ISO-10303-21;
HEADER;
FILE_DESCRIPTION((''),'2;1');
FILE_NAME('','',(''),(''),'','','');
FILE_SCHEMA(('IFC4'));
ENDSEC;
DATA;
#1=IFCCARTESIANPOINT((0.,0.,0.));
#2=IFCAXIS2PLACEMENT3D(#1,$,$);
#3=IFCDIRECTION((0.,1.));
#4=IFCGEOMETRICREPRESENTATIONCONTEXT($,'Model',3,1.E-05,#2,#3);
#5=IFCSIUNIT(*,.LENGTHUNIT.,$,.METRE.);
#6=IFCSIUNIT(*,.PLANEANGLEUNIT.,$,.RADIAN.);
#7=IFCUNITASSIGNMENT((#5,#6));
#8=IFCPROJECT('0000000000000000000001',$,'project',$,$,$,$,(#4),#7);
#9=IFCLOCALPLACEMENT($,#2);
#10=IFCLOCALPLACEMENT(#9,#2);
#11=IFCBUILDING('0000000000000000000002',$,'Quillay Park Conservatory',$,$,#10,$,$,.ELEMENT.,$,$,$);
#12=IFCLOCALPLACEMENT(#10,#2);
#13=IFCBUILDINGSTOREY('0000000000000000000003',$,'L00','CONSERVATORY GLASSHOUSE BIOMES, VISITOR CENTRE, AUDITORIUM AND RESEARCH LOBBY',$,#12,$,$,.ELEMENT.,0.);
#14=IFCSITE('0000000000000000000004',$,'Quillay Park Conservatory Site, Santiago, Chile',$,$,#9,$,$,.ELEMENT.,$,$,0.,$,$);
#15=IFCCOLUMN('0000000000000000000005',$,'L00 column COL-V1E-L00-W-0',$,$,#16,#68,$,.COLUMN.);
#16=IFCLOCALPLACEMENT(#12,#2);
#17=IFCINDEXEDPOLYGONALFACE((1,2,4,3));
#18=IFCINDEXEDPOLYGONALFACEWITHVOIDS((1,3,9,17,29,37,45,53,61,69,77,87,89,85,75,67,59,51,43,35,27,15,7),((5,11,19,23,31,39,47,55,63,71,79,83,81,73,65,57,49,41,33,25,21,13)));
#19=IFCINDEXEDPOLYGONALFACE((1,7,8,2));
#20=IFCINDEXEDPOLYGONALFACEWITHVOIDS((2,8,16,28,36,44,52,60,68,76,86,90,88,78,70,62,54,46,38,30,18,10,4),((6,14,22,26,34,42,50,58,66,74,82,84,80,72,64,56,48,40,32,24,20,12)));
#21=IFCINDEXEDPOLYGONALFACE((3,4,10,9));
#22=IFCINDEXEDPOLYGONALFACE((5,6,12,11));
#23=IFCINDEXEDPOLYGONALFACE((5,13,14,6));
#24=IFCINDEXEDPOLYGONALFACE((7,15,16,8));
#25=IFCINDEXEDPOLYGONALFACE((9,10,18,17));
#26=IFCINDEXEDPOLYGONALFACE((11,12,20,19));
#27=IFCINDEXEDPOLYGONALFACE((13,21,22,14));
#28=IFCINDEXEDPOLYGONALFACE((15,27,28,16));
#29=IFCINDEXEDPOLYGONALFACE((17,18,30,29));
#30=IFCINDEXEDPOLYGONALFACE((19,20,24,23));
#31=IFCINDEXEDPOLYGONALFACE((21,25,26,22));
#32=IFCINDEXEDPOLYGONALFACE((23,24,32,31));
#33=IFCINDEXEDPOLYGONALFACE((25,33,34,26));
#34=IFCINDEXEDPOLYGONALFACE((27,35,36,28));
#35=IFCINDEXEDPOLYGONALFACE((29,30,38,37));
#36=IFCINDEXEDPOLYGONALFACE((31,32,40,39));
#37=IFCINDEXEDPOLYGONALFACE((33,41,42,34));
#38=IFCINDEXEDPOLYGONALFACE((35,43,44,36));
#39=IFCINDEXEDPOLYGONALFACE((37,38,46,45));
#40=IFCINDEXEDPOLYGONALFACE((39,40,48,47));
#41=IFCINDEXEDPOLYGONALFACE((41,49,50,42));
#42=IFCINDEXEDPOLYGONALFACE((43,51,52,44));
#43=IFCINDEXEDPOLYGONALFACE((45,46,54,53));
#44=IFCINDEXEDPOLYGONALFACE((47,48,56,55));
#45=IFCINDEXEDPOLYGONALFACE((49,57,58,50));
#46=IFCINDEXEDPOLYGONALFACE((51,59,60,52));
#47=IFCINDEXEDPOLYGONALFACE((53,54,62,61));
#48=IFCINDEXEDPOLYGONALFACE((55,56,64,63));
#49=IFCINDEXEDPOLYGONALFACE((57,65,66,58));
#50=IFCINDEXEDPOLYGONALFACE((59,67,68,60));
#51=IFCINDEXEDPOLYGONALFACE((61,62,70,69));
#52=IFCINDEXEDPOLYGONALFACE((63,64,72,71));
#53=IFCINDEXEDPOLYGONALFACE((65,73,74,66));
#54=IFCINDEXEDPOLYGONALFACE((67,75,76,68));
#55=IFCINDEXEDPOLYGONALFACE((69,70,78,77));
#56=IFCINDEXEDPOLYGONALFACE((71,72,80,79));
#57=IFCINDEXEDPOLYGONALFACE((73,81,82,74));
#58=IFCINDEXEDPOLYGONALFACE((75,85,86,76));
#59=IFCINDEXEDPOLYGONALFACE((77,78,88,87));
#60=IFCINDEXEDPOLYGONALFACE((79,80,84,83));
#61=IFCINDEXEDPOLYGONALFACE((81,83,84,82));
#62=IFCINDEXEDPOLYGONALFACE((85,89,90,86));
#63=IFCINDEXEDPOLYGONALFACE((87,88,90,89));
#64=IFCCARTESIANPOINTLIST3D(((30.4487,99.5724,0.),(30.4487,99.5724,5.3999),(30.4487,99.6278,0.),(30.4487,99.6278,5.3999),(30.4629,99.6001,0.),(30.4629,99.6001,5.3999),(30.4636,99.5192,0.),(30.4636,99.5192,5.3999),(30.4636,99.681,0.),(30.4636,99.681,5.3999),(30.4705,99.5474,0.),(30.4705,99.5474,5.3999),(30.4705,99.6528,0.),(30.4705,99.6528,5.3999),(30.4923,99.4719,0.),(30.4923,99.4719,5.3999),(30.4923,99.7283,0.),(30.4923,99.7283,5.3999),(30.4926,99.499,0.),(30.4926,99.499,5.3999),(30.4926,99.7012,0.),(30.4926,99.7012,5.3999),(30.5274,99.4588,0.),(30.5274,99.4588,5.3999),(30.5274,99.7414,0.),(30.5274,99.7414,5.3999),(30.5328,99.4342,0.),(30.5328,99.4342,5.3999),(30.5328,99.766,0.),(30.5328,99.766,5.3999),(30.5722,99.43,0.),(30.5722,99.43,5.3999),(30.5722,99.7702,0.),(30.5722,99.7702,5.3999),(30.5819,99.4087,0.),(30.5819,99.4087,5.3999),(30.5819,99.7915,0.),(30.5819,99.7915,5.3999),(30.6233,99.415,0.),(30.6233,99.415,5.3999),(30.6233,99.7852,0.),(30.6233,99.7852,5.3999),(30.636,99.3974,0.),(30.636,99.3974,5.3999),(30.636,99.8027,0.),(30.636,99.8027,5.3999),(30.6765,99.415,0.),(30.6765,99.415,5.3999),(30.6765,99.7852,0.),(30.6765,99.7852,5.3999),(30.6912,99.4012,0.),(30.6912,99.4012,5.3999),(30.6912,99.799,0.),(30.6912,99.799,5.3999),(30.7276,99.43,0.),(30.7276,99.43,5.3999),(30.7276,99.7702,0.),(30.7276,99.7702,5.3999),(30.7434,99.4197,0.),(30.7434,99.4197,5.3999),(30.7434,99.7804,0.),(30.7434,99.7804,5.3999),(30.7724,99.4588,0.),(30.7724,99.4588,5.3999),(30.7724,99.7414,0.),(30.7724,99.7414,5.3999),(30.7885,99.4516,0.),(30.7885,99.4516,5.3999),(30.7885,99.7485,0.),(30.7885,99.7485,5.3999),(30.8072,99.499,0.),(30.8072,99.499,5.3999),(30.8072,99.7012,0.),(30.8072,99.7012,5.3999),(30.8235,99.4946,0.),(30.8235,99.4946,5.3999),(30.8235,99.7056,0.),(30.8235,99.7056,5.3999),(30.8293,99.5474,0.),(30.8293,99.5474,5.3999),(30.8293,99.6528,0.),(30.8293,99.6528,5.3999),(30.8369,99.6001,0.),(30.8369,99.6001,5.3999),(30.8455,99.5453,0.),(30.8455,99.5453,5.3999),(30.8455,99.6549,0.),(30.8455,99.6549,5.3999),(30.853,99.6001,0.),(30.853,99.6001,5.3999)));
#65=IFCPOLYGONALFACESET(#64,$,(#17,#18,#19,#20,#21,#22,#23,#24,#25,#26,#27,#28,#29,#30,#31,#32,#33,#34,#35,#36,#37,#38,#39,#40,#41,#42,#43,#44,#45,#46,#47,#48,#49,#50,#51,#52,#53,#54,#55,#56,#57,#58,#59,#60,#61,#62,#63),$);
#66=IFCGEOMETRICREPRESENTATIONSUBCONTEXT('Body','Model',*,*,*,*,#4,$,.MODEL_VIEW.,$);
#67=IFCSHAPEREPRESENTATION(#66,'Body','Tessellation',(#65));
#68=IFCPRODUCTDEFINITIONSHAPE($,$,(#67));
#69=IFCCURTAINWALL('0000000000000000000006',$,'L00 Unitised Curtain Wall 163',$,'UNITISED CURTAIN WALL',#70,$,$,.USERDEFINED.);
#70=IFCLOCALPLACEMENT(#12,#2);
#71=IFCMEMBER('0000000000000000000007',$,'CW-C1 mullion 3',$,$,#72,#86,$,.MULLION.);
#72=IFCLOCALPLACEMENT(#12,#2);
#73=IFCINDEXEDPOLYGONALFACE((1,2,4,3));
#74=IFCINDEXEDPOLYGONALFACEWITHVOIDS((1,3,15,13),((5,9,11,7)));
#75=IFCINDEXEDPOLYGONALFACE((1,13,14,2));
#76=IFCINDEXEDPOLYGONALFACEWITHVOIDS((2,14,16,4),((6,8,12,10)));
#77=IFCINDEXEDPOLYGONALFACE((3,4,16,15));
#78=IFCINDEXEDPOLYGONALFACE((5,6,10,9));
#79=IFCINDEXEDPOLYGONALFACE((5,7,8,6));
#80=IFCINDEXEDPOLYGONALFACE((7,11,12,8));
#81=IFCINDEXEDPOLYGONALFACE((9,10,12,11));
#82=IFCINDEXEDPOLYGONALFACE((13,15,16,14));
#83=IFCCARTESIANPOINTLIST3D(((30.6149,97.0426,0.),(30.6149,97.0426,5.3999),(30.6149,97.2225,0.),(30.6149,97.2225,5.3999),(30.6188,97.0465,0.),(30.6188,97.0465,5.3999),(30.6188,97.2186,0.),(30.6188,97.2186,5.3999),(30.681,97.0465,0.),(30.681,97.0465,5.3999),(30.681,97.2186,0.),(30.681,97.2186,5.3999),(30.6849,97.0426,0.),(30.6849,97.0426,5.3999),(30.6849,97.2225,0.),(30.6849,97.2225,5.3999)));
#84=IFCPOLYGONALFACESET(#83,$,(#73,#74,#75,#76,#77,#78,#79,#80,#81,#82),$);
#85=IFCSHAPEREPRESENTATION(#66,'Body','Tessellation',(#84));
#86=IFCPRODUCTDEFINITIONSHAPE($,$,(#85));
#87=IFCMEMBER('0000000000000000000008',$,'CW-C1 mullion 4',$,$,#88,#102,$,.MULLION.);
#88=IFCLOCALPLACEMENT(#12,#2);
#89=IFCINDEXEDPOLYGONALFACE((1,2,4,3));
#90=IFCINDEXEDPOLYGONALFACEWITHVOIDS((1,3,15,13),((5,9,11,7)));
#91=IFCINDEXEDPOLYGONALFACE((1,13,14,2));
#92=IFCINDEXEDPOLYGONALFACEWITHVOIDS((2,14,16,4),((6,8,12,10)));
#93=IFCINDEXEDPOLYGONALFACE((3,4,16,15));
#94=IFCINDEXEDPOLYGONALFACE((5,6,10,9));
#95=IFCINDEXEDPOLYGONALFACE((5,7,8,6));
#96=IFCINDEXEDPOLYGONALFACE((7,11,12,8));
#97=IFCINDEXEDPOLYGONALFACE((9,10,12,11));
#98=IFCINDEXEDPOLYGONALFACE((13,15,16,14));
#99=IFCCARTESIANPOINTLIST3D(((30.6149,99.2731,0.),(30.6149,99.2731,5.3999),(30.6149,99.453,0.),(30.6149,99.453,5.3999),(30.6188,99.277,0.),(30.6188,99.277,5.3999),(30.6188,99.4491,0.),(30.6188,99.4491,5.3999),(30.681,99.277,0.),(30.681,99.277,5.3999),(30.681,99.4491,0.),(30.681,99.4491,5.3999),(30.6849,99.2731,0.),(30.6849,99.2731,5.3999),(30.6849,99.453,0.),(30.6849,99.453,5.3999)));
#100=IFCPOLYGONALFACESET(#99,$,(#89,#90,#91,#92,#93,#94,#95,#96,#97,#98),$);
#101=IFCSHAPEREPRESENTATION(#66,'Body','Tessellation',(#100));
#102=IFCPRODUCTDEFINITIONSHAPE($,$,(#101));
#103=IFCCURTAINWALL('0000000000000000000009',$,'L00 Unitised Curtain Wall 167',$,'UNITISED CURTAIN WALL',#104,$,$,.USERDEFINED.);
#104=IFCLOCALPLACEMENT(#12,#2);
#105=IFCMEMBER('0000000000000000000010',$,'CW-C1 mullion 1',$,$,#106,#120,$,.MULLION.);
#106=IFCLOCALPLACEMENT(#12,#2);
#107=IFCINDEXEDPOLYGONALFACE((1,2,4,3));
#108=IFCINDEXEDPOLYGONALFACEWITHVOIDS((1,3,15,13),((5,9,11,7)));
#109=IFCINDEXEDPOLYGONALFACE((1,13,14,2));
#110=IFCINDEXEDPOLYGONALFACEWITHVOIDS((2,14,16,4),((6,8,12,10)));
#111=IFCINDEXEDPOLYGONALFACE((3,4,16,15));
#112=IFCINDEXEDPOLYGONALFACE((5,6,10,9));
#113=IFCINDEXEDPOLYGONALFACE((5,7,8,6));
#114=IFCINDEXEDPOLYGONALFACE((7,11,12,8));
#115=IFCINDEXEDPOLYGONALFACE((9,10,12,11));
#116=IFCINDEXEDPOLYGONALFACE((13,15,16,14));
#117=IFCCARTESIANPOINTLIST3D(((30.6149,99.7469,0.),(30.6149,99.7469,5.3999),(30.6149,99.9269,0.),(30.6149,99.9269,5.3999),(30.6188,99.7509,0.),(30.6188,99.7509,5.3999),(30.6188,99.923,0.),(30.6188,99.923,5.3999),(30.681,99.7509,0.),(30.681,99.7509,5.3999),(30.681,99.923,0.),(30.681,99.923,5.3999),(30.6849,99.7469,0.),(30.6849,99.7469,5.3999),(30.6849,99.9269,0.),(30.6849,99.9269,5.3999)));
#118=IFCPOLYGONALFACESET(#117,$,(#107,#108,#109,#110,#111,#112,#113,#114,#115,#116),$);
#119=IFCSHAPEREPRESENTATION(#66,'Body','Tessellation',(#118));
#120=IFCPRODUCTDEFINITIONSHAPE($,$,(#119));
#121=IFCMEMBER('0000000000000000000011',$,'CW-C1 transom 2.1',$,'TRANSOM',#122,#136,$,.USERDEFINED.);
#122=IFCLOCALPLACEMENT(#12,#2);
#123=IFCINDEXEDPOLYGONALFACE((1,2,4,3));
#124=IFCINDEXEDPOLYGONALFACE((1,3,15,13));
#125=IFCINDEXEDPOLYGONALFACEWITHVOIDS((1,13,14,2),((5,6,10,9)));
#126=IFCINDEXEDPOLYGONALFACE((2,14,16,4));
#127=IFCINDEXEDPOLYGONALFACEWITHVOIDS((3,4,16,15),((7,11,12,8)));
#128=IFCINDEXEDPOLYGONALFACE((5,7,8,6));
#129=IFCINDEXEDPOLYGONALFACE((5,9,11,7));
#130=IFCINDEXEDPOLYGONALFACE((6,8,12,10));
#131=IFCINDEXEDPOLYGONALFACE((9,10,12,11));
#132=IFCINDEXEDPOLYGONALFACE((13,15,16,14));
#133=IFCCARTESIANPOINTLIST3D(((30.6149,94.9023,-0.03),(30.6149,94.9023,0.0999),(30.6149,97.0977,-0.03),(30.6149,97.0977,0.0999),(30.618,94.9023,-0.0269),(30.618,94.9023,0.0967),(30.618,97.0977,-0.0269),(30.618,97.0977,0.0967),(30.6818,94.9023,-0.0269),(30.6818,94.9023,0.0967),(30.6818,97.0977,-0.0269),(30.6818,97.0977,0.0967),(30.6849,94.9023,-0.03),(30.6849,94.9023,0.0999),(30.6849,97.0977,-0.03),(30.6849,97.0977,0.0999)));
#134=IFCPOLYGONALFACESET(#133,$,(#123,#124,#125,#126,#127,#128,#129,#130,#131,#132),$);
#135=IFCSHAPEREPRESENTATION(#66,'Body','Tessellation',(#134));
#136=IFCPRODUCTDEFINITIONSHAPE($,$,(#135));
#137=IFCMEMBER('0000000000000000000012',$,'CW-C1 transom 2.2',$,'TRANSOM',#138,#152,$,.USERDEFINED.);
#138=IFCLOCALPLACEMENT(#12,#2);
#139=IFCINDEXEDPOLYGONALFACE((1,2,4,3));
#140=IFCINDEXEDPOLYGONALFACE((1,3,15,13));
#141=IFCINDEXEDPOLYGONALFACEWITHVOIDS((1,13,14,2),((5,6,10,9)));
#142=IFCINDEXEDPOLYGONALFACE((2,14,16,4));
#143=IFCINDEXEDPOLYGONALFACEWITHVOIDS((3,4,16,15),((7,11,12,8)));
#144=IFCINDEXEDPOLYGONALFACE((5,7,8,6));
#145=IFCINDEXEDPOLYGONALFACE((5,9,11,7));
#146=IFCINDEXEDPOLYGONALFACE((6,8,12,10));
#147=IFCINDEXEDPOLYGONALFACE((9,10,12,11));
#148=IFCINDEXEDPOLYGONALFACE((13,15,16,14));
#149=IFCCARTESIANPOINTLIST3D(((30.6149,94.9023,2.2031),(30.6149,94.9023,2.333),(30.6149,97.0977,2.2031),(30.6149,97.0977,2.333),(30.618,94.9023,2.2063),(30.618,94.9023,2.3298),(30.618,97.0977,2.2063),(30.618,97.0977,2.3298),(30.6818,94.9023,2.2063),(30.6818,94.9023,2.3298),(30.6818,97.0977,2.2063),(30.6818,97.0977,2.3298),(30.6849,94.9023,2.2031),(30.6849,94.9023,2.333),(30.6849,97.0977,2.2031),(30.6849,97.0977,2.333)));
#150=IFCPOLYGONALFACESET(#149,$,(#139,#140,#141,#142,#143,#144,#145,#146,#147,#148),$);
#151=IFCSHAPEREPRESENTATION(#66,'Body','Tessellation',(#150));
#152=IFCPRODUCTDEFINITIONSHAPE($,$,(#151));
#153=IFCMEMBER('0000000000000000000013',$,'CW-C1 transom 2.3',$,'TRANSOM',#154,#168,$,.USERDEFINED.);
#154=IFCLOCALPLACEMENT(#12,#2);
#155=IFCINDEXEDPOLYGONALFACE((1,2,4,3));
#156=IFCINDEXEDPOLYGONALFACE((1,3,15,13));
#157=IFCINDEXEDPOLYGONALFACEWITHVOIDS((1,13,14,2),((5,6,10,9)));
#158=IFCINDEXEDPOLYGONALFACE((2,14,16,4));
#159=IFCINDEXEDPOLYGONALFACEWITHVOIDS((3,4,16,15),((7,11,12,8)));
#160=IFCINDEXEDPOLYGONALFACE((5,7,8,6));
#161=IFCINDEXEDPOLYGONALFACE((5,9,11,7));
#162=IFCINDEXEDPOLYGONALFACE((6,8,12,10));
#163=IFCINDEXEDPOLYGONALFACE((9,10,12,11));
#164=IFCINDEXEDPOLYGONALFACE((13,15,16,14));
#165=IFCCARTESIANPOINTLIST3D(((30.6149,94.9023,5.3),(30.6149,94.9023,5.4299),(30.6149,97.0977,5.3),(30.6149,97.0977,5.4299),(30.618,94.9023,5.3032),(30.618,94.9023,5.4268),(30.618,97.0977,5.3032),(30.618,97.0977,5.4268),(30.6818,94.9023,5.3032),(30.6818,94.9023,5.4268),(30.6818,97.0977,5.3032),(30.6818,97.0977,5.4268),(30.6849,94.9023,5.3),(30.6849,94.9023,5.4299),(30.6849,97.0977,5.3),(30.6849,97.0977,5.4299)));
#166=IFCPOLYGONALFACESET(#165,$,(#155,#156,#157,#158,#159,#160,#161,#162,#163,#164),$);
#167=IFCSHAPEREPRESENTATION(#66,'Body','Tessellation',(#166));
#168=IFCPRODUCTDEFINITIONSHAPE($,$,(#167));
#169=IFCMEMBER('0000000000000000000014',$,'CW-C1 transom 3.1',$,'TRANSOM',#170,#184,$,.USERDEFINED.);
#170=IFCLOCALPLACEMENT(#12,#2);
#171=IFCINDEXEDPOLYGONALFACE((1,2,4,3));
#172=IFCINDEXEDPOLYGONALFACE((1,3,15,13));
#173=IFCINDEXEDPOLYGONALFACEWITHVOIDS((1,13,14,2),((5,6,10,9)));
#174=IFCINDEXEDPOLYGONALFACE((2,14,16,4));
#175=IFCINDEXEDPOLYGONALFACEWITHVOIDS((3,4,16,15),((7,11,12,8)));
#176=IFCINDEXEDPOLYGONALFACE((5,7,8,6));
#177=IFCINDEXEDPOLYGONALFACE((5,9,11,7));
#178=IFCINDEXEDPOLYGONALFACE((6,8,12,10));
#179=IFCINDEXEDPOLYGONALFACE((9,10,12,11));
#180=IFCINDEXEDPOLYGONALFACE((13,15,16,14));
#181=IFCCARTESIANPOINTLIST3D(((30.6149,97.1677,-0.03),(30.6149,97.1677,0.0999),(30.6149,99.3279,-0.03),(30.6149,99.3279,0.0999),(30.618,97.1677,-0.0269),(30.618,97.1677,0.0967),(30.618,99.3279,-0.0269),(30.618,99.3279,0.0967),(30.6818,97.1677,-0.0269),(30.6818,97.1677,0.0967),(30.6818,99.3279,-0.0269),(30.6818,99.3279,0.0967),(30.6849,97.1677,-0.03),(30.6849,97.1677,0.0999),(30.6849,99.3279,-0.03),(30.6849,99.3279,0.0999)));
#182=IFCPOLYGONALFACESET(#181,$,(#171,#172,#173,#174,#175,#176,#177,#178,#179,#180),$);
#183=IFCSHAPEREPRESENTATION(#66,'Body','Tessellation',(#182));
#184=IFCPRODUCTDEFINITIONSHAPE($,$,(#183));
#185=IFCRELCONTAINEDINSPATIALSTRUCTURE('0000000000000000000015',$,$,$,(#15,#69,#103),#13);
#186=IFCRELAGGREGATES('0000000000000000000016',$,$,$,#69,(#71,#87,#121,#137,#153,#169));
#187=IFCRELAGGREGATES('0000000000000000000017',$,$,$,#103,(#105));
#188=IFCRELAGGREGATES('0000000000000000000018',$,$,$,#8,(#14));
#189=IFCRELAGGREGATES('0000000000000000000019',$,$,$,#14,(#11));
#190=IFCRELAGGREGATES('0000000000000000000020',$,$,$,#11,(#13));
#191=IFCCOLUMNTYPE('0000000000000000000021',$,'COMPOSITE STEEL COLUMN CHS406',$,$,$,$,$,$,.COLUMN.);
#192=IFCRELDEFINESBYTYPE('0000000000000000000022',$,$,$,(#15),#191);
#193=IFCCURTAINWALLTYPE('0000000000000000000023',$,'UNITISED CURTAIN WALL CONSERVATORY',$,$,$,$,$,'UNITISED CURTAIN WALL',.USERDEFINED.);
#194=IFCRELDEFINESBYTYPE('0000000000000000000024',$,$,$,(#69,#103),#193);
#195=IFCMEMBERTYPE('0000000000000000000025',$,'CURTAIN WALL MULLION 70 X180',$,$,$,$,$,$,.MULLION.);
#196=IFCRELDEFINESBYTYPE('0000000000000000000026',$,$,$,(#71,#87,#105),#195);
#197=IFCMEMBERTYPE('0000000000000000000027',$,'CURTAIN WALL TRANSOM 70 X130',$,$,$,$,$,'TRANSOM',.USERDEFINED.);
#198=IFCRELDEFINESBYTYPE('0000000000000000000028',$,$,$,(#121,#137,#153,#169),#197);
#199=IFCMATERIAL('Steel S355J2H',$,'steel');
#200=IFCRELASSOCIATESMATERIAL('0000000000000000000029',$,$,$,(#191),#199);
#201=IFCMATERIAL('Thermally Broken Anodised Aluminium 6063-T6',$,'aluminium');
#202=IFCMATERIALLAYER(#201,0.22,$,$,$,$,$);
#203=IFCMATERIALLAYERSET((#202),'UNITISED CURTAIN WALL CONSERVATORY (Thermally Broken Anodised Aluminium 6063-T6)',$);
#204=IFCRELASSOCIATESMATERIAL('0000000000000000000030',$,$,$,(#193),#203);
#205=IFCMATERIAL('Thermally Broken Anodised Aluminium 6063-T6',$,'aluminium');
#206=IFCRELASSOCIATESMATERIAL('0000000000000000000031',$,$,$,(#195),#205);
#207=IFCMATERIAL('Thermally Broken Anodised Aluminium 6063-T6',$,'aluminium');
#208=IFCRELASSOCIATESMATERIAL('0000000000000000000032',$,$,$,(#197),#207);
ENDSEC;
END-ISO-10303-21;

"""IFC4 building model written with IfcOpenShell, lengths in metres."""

from ifc_helpers import new_model, si_unit, direction, frame, origin, origin_2d, place, context, subcontext, project, spatial, hollow_rectangle, hollow_circle, extrude, material, layer, layer_set, material_profile, profile_set, type_object, element, aggregate, save


model = new_model("IFC4")

# Units and contexts
model_context = context("Model", 3, precision=1e-05, world=origin(), true_north=direction((0.0, 1.0)))
body_context = subcontext(model_context, "Body", "Model", "MODEL_VIEW")
ifc_project = project(units=[si_unit("LENGTHUNIT", "METRE"), si_unit("PLANEANGLEUNIT", "RADIAN")], contexts=[model_context])

# Site, building, storey
site_placement = place(None, origin())
site = spatial("IfcSite", under=ifc_project, at=site_placement, Name="Quillay Park Conservatory Site, Santiago, Chile", CompositionType="ELEMENT", RefElevation=0.0)
building_placement = place(site_placement, origin())
building = spatial("IfcBuilding", under=site, at=building_placement, Name="Quillay Park Conservatory", CompositionType="ELEMENT")
storey_placement = place(building_placement, origin())
storey = spatial("IfcBuildingStorey", under=building, at=storey_placement, Name="L00", Description="CONSERVATORY GLASSHOUSE BIOMES, VISITOR CENTRE, AUDITORIUM AND RESEARCH LOBBY", CompositionType="ELEMENT", Elevation=0.0)

# Column
ifc_material_1 = material(Name="Steel S355J2H", Category="steel")
ifc_material_profile_1 = material_profile(ifc_material_1, hollow_circle(Radius=0.2031, WallThickness=0.0161, at=origin_2d()), Name="CHS406.4x16")
ifc_profile_set_1 = profile_set([ifc_material_profile_1], Name="Steel S355J2H")
column_type = type_object("IfcColumnType", Name="COMPOSITE STEEL COLUMN CHS406", PredefinedType="COLUMN", material=ifc_profile_set_1)
column_placement = place(storey_placement, frame((30.6499, 99.6001, 0.0), z_axis=(0.0, 0.0, 1.0), x_axis=(1.0, 0.0, 0.0)))
element("IfcColumn", 1, at=column_placement, inside=storey, type_object=column_type, Name="L00 column COL-V1E-L00-W-0", PredefinedType="COLUMN", context=body_context, shape_type="SweptSolid", body=[
    extrude(hollow_circle(Radius=0.2031, WallThickness=0.0161, at=origin_2d()), origin(), (0.0, 0.0, 1.0), 5.3999),
])

# Curtain wall, members
ifc_material_2 = material(Name="Thermally Broken Anodised Aluminium 6063-T6", Category="aluminium")
ifc_layer_1 = layer(ifc_material_2, 0.22)
ifc_layer_set_1 = layer_set([ifc_layer_1], Name="UNITISED CURTAIN WALL CONSERVATORY (Thermally Broken Anodised Aluminium 6063-T6)")
curtain_wall_type = type_object("IfcCurtainWallType", Name="UNITISED CURTAIN WALL CONSERVATORY", ElementType="UNITISED CURTAIN WALL", PredefinedType="USERDEFINED", material=ifc_layer_set_1)
curtain_wall_1_placement = place(storey_placement, origin())
curtain_wall_1 = element("IfcCurtainWall", 2, at=curtain_wall_1_placement, inside=storey, type_object=curtain_wall_type, Name="L00 Unitised Curtain Wall 163", ObjectType="UNITISED CURTAIN WALL", PredefinedType="USERDEFINED")
ifc_material_3 = material(Name="Thermally Broken Anodised Aluminium 6063-T6", Category="aluminium")
ifc_material_profile_2 = material_profile(ifc_material_3, hollow_rectangle(XDim=0.0701, YDim=0.1799, WallThickness=0.0039, at=origin_2d()), Name="AL70x180x4")
ifc_profile_set_2 = profile_set([ifc_material_profile_2], Name="Thermally Broken Anodised Aluminium 6063-T6")
member_type_1 = type_object("IfcMemberType", Name="CURTAIN WALL MULLION 70 X180", PredefinedType="MULLION", material=ifc_profile_set_2)
member_1_placement = place(storey_placement, frame((30.6499, 97.1326, 0.0), z_axis=(0.0, 0.0, 1.0), x_axis=(-1.0, 0.0, 0.0)))
member_1 = element("IfcMember", 3, at=member_1_placement, type_object=member_type_1, Name="CW-C1 mullion 3", PredefinedType="MULLION", context=body_context, shape_type="SweptSolid", body=[
    extrude(hollow_rectangle(XDim=0.0701, YDim=0.1799, WallThickness=0.0039, at=origin_2d()), origin(), (0.0, 0.0, 1.0), 5.3999),
])
member_2_placement = place(storey_placement, frame((30.6499, 99.363, 0.0), z_axis=(0.0, 0.0, 1.0), x_axis=(-1.0, 0.0, 0.0)))
member_2 = element("IfcMember", 4, at=member_2_placement, type_object=member_type_1, Name="CW-C1 mullion 4", PredefinedType="MULLION", context=body_context, shape_type="SweptSolid", body=[
    extrude(hollow_rectangle(XDim=0.0701, YDim=0.1799, WallThickness=0.0039, at=origin_2d()), origin(), (0.0, 0.0, 1.0), 5.3999),
])

# Curtain wall, member
curtain_wall_2_placement = place(storey_placement, origin())
curtain_wall_2 = element("IfcCurtainWall", 5, at=curtain_wall_2_placement, inside=storey, type_object=curtain_wall_type, Name="L00 Unitised Curtain Wall 167", ObjectType="UNITISED CURTAIN WALL", PredefinedType="USERDEFINED")
member_3_placement = place(storey_placement, frame((30.6499, 99.8369, 0.0), z_axis=(0.0, 0.0, 1.0), x_axis=(-1.0, 0.0, 0.0)))
member_3 = element("IfcMember", 6, at=member_3_placement, type_object=member_type_1, Name="CW-C1 mullion 1", PredefinedType="MULLION", context=body_context, shape_type="SweptSolid", body=[
    extrude(hollow_rectangle(XDim=0.0701, YDim=0.1799, WallThickness=0.0039, at=origin_2d()), origin(), (0.0, 0.0, 1.0), 5.3999),
])

# Members
ifc_material_4 = material(Name="Thermally Broken Anodised Aluminium 6063-T6", Category="aluminium")
ifc_material_profile_3 = material_profile(ifc_material_4, hollow_rectangle(XDim=0.0701, YDim=0.1299, WallThickness=0.0032, at=origin_2d()), Name="AL70x130x3.2")
ifc_profile_set_3 = profile_set([ifc_material_profile_3], Name="Thermally Broken Anodised Aluminium 6063-T6")
member_type_2 = type_object("IfcMemberType", Name="CURTAIN WALL TRANSOM 70 X130", ElementType="TRANSOM", PredefinedType="USERDEFINED", material=ifc_profile_set_3)
member_4_placement = place(storey_placement, frame((30.6499, 94.9023, 0.0349), z_axis=(0.0, 1.0, 0.0), x_axis=(-1.0, 0.0, 0.0)))
member_4 = element("IfcMember", 7, at=member_4_placement, type_object=member_type_2, Name="CW-C1 transom 2.1", ObjectType="TRANSOM", PredefinedType="USERDEFINED", context=body_context, shape_type="SweptSolid", body=[
    extrude(hollow_rectangle(XDim=0.0701, YDim=0.1299, WallThickness=0.0032, at=origin_2d()), origin(), (0.0, 0.0, 1.0), 2.1953),
])
member_5_placement = place(storey_placement, frame((30.6499, 94.9023, 2.2681), z_axis=(0.0, 1.0, 0.0), x_axis=(-1.0, 0.0, 0.0)))
member_5 = element("IfcMember", 8, at=member_5_placement, type_object=member_type_2, Name="CW-C1 transom 2.2", ObjectType="TRANSOM", PredefinedType="USERDEFINED", context=body_context, shape_type="SweptSolid", body=[
    extrude(hollow_rectangle(XDim=0.0701, YDim=0.1299, WallThickness=0.0032, at=origin_2d()), origin(), (0.0, 0.0, 1.0), 2.1953),
])
member_6_placement = place(storey_placement, frame((30.6499, 94.9023, 5.365), z_axis=(0.0, 1.0, 0.0), x_axis=(-1.0, 0.0, 0.0)))
member_6 = element("IfcMember", 9, at=member_6_placement, type_object=member_type_2, Name="CW-C1 transom 2.3", ObjectType="TRANSOM", PredefinedType="USERDEFINED", context=body_context, shape_type="SweptSolid", body=[
    extrude(hollow_rectangle(XDim=0.0701, YDim=0.1299, WallThickness=0.0032, at=origin_2d()), origin(), (0.0, 0.0, 1.0), 2.1953),
])
member_7_placement = place(storey_placement, frame((30.6499, 97.1677, 0.0349), z_axis=(0.0, 1.0, 0.0), x_axis=(-1.0, 0.0, 0.0)))
member_7 = element("IfcMember", 10, at=member_7_placement, type_object=member_type_2, Name="CW-C1 transom 3.1", ObjectType="TRANSOM", PredefinedType="USERDEFINED", context=body_context, shape_type="SweptSolid", body=[
    extrude(hollow_rectangle(XDim=0.0701, YDim=0.1299, WallThickness=0.0032, at=origin_2d()), origin(), (0.0, 0.0, 1.0), 2.1602),
])

aggregate(curtain_wall_1, [member_1, member_2, member_4, member_5, member_6, member_7])
aggregate(curtain_wall_2, [member_3])

save(model, "model.ifc")
